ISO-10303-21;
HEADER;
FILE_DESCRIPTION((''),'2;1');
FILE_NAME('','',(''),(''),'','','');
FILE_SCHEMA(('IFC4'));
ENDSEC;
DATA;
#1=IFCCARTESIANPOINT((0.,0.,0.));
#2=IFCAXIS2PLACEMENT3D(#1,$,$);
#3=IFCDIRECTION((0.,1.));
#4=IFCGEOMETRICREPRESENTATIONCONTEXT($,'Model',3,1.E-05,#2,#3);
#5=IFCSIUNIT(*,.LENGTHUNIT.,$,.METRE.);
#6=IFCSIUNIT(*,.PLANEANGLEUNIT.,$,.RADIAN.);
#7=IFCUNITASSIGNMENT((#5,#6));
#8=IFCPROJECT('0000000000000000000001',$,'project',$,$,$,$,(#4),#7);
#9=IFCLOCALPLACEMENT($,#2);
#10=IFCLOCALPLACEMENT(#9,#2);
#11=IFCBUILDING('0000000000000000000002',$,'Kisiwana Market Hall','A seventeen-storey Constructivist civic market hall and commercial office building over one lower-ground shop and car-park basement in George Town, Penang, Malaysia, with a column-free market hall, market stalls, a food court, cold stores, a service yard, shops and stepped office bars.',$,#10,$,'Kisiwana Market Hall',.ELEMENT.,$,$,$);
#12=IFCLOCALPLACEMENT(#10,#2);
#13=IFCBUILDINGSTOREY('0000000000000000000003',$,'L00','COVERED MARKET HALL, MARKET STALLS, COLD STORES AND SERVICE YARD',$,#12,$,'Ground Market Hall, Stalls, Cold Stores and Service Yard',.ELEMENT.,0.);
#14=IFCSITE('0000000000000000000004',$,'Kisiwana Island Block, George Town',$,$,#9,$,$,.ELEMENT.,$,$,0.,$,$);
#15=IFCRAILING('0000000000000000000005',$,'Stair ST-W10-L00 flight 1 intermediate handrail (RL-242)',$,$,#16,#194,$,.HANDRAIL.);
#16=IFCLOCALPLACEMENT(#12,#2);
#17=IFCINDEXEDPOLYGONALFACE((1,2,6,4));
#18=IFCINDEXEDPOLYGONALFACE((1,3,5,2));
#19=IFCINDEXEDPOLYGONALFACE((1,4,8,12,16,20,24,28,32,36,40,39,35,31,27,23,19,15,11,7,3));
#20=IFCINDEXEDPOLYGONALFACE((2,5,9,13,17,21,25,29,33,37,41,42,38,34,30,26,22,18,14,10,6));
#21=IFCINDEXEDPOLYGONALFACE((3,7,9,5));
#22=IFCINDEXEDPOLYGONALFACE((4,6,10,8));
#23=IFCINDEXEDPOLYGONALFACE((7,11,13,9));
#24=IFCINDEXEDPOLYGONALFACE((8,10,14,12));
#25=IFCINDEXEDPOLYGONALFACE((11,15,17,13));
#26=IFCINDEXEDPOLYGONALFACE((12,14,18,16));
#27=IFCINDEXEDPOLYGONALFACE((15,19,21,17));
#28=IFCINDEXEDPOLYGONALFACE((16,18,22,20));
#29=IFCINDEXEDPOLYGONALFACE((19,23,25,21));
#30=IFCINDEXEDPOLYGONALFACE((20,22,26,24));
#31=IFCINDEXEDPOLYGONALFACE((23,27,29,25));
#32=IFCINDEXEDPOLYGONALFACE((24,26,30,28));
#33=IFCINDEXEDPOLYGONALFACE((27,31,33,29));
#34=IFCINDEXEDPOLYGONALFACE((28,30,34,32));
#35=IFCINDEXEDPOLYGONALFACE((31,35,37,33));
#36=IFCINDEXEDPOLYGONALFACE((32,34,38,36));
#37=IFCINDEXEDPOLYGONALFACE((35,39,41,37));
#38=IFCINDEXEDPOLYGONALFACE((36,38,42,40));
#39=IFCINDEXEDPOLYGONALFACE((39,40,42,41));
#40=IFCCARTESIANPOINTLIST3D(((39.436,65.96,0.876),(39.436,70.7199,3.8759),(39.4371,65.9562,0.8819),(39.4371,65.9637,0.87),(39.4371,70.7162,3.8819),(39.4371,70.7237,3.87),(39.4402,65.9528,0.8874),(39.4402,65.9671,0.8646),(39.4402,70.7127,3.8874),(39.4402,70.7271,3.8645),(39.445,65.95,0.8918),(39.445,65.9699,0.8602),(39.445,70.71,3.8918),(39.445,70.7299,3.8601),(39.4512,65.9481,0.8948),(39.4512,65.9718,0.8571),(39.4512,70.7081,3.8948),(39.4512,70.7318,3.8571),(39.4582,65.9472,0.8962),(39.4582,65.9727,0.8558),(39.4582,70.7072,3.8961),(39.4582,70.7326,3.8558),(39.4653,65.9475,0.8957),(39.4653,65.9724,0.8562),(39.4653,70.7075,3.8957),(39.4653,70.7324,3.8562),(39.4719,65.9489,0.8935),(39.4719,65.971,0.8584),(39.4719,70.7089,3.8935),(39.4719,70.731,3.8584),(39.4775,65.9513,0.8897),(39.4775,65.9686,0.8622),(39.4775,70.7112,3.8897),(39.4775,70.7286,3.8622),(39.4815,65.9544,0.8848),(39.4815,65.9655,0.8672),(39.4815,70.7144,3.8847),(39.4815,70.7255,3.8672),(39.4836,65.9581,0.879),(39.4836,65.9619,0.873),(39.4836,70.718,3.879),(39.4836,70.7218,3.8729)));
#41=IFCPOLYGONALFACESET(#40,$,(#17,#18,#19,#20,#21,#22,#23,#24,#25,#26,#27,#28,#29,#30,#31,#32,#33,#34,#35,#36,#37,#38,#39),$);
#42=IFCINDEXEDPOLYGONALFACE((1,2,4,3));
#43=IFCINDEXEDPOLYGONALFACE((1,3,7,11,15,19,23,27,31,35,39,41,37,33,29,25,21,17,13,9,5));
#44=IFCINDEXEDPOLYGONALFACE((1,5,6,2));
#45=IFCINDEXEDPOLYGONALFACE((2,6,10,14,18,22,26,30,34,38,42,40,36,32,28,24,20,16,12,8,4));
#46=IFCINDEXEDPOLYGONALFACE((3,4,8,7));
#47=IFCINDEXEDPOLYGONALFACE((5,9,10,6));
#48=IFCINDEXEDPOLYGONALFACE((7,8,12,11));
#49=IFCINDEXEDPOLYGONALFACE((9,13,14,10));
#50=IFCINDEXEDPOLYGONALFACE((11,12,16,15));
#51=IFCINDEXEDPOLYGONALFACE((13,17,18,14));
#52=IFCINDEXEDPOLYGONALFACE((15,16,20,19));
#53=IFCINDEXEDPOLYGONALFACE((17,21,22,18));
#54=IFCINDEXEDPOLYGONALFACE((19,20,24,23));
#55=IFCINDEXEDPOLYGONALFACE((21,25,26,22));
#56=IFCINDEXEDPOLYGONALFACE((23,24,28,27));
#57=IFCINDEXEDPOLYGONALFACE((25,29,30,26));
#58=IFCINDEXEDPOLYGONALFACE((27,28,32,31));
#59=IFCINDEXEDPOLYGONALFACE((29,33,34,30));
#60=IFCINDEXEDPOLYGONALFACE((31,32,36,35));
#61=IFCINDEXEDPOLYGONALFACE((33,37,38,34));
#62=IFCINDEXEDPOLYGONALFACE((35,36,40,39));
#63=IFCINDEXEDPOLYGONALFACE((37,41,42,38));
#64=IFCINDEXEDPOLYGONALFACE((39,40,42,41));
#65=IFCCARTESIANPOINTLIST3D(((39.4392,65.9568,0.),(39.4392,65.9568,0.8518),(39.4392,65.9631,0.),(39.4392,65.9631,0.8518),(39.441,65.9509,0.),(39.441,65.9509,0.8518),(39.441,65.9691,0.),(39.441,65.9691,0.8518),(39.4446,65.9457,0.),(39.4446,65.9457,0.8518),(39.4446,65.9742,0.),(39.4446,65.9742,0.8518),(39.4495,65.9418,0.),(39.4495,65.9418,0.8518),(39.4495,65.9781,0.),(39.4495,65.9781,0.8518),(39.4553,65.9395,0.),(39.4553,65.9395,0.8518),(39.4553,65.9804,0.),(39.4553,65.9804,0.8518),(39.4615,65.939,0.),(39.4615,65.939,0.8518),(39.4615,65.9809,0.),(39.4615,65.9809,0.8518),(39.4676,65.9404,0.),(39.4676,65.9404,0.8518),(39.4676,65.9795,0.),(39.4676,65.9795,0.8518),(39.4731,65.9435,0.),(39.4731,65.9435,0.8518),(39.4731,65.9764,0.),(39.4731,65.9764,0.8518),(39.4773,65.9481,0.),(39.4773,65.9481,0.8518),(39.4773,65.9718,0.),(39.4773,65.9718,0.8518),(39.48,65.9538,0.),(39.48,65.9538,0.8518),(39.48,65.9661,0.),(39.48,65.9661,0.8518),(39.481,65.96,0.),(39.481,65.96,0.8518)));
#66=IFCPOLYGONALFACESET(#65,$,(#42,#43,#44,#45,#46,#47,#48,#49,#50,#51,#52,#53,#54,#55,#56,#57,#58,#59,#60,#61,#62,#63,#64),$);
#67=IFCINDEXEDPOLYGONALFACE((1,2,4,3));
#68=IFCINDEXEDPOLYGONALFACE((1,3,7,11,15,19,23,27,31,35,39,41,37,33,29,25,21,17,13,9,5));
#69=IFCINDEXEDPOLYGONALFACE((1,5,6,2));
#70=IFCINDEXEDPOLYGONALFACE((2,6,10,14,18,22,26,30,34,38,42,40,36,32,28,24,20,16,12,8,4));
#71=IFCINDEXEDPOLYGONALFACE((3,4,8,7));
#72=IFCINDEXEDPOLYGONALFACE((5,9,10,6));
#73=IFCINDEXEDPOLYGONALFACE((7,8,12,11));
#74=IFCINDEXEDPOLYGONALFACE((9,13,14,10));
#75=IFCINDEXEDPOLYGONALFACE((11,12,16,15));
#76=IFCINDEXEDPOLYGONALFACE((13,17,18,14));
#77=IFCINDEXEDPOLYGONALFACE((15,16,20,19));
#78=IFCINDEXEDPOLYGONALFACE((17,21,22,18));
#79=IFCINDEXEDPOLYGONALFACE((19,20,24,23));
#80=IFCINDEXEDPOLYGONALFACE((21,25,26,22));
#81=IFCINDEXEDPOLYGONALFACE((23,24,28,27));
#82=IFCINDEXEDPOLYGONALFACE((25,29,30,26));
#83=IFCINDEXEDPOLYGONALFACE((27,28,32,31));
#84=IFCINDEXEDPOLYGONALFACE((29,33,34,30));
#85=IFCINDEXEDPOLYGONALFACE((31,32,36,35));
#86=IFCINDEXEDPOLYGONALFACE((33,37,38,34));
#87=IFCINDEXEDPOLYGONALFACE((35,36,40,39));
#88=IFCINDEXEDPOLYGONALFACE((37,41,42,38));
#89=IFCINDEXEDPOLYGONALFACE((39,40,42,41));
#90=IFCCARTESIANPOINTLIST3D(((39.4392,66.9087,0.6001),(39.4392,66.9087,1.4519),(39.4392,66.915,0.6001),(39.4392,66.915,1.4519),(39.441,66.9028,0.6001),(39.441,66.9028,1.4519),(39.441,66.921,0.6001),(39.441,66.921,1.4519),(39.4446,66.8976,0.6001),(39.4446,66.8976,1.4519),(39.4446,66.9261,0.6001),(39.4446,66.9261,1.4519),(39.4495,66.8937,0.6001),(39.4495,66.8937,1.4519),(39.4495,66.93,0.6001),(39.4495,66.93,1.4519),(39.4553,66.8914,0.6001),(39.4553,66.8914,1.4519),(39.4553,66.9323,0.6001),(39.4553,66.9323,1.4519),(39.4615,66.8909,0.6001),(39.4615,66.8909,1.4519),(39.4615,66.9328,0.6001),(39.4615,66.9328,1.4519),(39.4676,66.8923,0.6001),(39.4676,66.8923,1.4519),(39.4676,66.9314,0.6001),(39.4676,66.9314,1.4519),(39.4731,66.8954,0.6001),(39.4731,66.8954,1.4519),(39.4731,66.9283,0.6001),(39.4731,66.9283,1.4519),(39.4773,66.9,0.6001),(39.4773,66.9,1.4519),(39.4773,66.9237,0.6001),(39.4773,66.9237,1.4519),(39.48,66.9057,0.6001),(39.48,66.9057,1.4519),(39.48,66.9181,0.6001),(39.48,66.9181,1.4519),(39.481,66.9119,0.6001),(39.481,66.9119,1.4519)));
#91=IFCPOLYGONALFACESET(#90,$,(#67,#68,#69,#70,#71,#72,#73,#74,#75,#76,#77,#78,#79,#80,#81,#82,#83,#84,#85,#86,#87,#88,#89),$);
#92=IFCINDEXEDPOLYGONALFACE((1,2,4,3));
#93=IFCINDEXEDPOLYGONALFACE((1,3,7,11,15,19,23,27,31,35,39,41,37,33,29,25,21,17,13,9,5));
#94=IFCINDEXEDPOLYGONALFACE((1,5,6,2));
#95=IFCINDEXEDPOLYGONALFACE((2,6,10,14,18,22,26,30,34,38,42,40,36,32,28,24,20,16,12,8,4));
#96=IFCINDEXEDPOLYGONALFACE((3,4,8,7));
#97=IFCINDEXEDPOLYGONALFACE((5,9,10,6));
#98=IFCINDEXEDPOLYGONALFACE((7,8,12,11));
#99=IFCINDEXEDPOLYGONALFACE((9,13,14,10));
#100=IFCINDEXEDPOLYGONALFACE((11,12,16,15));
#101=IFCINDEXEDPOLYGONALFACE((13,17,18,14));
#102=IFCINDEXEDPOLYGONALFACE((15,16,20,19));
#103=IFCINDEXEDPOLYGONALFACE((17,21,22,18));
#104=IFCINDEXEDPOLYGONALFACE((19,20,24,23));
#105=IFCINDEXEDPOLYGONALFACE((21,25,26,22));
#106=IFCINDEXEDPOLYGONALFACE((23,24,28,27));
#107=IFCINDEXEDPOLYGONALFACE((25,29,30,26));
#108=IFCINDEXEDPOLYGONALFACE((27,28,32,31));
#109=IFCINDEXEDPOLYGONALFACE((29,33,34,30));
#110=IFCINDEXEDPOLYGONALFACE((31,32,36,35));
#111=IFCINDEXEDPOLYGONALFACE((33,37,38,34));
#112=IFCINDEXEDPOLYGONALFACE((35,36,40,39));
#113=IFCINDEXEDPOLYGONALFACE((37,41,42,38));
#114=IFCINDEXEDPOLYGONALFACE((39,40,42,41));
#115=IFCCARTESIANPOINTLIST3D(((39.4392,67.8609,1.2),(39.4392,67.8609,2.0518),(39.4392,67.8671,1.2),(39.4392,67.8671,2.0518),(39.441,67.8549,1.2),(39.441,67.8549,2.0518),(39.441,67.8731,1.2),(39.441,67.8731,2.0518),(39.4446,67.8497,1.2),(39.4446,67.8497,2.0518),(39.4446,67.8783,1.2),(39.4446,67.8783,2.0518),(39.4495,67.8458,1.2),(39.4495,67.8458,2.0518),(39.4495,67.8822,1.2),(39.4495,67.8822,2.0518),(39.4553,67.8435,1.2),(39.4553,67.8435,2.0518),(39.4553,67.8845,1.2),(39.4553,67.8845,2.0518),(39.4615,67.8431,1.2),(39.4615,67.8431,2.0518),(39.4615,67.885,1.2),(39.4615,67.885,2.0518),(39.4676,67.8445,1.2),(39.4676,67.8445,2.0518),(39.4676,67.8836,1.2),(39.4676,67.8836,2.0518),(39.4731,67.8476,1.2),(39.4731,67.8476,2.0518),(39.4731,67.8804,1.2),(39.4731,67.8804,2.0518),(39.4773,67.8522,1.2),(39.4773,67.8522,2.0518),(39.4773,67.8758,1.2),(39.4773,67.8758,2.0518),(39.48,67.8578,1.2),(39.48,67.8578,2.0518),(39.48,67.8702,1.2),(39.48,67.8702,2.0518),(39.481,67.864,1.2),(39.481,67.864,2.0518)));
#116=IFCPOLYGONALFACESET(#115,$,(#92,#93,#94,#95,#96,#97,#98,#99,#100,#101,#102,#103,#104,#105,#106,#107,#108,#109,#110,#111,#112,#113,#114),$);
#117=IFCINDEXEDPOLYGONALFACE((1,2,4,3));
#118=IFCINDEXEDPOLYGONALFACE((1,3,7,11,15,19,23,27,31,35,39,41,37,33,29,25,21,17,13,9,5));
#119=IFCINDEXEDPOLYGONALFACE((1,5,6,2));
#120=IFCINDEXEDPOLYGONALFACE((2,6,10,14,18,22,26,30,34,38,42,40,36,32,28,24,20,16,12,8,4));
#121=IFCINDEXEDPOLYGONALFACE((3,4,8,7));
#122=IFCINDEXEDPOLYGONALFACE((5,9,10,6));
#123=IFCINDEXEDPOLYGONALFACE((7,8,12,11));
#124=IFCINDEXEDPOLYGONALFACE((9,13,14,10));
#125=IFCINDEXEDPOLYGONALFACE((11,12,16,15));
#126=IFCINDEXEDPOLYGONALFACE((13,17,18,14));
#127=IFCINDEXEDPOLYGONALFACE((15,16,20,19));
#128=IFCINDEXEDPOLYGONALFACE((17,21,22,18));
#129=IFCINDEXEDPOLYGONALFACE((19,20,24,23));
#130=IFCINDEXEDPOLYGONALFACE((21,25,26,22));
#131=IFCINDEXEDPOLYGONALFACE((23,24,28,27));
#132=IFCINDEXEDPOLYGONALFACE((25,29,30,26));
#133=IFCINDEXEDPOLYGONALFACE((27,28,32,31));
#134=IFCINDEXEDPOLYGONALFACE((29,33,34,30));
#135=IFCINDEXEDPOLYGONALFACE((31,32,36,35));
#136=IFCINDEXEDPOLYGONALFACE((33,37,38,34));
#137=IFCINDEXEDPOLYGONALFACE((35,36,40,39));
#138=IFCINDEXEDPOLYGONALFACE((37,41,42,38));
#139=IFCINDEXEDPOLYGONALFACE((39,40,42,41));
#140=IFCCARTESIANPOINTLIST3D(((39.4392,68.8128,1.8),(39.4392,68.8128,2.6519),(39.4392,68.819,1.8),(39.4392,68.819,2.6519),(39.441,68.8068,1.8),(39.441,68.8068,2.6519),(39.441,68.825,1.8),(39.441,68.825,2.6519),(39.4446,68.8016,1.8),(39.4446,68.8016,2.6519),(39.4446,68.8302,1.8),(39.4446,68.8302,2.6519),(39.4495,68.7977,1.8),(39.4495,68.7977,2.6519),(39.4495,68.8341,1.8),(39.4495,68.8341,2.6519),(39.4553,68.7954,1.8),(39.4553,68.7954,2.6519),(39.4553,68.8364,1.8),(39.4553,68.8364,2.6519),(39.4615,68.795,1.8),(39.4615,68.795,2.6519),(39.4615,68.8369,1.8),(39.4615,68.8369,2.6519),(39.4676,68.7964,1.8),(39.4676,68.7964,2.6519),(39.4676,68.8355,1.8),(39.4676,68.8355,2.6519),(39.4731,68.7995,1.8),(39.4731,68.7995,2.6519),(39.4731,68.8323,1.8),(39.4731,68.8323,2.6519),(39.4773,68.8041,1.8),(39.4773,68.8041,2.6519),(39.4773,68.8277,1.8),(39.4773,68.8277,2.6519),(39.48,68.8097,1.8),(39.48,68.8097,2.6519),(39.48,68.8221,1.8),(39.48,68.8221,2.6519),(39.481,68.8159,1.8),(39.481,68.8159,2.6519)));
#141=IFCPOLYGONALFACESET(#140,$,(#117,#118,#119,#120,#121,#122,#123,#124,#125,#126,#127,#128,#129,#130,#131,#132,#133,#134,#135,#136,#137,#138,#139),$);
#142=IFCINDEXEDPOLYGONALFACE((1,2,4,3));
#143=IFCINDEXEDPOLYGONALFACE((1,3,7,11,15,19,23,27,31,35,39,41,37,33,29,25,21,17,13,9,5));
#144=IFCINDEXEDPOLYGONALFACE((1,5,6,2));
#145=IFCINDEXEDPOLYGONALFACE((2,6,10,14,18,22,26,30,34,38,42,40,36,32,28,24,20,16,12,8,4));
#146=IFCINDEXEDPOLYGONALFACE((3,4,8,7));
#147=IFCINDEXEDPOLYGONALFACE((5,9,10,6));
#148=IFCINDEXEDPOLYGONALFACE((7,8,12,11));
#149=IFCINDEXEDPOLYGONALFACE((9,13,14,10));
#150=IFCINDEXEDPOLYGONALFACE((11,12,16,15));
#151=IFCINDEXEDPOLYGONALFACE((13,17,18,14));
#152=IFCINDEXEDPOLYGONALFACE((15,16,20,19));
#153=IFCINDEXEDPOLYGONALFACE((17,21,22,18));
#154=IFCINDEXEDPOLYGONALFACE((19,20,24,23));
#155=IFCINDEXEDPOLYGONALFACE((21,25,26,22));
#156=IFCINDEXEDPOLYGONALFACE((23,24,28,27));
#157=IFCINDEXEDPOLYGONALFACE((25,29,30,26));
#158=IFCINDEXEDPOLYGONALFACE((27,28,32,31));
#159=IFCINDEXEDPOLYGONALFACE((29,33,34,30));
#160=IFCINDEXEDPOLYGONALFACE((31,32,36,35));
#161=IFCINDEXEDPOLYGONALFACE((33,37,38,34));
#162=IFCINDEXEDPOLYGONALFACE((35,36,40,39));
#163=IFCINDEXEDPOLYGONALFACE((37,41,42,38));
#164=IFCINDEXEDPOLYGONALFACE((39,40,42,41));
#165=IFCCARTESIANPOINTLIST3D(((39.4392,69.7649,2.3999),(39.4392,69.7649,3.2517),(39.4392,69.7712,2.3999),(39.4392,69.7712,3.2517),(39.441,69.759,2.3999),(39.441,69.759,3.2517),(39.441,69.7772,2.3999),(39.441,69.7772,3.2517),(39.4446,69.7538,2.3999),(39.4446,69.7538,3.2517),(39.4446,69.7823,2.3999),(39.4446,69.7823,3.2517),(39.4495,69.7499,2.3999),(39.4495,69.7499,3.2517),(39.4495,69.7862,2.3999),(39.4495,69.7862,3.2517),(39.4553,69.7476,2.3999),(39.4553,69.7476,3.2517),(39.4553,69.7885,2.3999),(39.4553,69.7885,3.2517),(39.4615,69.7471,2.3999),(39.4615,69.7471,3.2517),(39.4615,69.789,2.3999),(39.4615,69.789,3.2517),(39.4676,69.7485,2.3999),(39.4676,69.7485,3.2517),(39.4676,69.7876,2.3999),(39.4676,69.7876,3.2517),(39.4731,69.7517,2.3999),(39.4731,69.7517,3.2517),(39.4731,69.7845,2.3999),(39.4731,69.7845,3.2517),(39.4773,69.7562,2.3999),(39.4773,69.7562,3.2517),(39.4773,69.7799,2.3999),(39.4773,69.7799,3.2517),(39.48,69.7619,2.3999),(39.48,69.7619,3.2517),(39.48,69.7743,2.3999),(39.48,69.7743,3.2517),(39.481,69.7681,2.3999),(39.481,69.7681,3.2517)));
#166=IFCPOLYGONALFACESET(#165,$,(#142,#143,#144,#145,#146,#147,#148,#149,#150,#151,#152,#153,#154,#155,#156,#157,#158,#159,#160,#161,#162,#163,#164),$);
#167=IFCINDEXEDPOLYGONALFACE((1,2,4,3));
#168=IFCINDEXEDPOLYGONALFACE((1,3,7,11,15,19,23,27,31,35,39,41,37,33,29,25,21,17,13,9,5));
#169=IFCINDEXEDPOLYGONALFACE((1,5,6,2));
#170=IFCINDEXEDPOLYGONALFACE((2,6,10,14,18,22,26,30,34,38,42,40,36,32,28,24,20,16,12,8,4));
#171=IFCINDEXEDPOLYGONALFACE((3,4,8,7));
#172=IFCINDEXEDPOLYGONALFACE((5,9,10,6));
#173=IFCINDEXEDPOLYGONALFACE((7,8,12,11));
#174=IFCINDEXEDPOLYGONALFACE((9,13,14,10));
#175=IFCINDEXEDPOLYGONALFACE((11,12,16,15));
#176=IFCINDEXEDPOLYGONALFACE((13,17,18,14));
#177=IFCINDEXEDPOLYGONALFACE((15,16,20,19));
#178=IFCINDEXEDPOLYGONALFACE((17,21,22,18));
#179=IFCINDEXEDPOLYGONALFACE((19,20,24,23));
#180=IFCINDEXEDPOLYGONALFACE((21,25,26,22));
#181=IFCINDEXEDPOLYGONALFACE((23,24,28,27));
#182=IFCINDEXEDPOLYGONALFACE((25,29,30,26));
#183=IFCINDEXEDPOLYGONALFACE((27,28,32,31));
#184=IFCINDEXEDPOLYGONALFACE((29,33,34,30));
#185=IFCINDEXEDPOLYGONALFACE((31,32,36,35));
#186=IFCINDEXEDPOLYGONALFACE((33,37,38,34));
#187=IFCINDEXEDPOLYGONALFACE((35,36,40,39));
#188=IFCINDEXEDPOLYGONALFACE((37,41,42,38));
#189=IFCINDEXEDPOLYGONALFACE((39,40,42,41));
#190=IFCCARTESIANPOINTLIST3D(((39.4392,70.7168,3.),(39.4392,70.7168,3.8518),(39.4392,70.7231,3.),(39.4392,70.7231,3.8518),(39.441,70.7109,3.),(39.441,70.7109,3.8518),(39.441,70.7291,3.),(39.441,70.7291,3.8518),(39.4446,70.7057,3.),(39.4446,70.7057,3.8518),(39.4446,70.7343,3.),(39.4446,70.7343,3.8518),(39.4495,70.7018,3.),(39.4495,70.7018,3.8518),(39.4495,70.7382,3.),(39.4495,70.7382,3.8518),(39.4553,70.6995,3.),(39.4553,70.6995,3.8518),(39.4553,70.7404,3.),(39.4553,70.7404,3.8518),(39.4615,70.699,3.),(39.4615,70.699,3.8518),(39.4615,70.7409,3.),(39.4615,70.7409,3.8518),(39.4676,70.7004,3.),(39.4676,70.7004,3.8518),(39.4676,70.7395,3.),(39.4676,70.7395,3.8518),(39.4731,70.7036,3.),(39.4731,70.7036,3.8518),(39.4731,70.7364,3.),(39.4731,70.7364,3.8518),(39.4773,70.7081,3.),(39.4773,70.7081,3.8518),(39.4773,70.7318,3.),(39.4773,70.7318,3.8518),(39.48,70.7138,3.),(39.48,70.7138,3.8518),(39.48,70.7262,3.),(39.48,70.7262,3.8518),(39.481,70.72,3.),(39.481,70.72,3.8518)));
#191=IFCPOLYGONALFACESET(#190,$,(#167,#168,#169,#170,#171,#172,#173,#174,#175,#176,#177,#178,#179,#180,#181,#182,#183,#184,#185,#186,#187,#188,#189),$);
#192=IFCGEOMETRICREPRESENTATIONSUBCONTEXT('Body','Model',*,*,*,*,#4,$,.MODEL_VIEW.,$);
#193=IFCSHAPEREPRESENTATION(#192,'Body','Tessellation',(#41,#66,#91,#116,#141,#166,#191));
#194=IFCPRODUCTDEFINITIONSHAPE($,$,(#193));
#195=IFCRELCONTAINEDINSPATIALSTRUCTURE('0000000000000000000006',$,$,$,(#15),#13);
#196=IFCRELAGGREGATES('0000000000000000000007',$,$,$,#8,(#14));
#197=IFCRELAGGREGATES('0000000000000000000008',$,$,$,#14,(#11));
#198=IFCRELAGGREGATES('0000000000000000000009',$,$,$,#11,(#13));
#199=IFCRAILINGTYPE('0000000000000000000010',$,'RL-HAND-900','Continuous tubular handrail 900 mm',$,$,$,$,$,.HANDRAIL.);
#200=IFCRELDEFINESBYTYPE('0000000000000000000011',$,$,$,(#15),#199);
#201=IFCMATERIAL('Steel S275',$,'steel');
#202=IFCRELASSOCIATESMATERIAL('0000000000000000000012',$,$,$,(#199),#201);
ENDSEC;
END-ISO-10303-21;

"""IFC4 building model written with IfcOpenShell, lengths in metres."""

from ifc_helpers import new_model, si_unit, direction, frame, origin, origin_2d, place, context, subcontext, project, spatial, circle, extrude, material, type_object, element, save


model = new_model("IFC4")

# Units and contexts
model_context = context("Model", 3, precision=1e-05, world=origin(), true_north=direction((0.0, 1.0)))
body_context = subcontext(model_context, "Body", "Model", "MODEL_VIEW")
ifc_project = project(units=[si_unit("LENGTHUNIT", "METRE"), si_unit("PLANEANGLEUNIT", "RADIAN")], contexts=[model_context])

# Site, building, storey
site_placement = place(None, origin())
site = spatial("IfcSite", under=ifc_project, at=site_placement, Name="Kisiwana Island Block, George Town", CompositionType="ELEMENT", RefElevation=0.0)
building_placement = place(site_placement, origin())
building = spatial("IfcBuilding", under=site, at=building_placement, Name="Kisiwana Market Hall", Description="A seventeen-storey Constructivist civic market hall and commercial office building over one lower-ground shop and car-park basement in George Town, Penang, Malaysia, with a column-free market hall, market stalls, a food court, cold stores, a service yard, shops and stepped office bars.", LongName="Kisiwana Market Hall", CompositionType="ELEMENT")
storey_placement = place(building_placement, origin())
storey = spatial("IfcBuildingStorey", under=building, at=storey_placement, Name="L00", Description="COVERED MARKET HALL, MARKET STALLS, COLD STORES AND SERVICE YARD", LongName="Ground Market Hall, Stalls, Cold Stores and Service Yard", CompositionType="ELEMENT", Elevation=0.0)

# Railing
ifc_material_1 = material(Name="Steel S275", Category="steel")
railing_type_1 = type_object("IfcRailingType", Name="RL-HAND-900", Description="Continuous tubular handrail 900 mm", PredefinedType="HANDRAIL", material=ifc_material_1)
for number, where, name in (
    (1, (39.46, 65.96, 0.0), "Stair ST-W10-L00 flight 1 intermediate handrail (RL-242)"),
):
    element("IfcRailing", number, at=place(storey_placement, frame(where)), inside=storey, type_object=railing_type_1, Name=name, PredefinedType="HANDRAIL", context=body_context, shape_type="SweptSolid", body=[
        extrude(circle(Radius=0.0239, at=origin_2d()), frame((0.0, 0.0, 0.876), z_axis=(0.0, 0.845996, 0.53319), x_axis=(-1.0, 0.0, 0.0)), (0.0, 0.0, 1.0), 5.6265),
        extrude(circle(Radius=0.021, at=origin_2d()), origin(), (0.0, 0.0, 1.0), 0.8518),
        extrude(circle(Radius=0.021, at=origin_2d()), frame((0.0, 0.9519, 0.6001)), (0.0, 0.0, 1.0), 0.8518),
        extrude(circle(Radius=0.021, at=origin_2d()), frame((0.0, 1.9041, 1.2)), (0.0, 0.0, 1.0), 0.8518),
        extrude(circle(Radius=0.021, at=origin_2d()), frame((0.0, 2.856, 1.8)), (0.0, 0.0, 1.0), 0.8518),
        extrude(circle(Radius=0.021, at=origin_2d()), frame((0.0, 3.8081, 2.3999)), (0.0, 0.0, 1.0), 0.8518),
        extrude(circle(Radius=0.021, at=origin_2d()), frame((0.0, 4.76, 3.0)), (0.0, 0.0, 1.0), 0.8518),
    ])

save(model, "model.ifc")
